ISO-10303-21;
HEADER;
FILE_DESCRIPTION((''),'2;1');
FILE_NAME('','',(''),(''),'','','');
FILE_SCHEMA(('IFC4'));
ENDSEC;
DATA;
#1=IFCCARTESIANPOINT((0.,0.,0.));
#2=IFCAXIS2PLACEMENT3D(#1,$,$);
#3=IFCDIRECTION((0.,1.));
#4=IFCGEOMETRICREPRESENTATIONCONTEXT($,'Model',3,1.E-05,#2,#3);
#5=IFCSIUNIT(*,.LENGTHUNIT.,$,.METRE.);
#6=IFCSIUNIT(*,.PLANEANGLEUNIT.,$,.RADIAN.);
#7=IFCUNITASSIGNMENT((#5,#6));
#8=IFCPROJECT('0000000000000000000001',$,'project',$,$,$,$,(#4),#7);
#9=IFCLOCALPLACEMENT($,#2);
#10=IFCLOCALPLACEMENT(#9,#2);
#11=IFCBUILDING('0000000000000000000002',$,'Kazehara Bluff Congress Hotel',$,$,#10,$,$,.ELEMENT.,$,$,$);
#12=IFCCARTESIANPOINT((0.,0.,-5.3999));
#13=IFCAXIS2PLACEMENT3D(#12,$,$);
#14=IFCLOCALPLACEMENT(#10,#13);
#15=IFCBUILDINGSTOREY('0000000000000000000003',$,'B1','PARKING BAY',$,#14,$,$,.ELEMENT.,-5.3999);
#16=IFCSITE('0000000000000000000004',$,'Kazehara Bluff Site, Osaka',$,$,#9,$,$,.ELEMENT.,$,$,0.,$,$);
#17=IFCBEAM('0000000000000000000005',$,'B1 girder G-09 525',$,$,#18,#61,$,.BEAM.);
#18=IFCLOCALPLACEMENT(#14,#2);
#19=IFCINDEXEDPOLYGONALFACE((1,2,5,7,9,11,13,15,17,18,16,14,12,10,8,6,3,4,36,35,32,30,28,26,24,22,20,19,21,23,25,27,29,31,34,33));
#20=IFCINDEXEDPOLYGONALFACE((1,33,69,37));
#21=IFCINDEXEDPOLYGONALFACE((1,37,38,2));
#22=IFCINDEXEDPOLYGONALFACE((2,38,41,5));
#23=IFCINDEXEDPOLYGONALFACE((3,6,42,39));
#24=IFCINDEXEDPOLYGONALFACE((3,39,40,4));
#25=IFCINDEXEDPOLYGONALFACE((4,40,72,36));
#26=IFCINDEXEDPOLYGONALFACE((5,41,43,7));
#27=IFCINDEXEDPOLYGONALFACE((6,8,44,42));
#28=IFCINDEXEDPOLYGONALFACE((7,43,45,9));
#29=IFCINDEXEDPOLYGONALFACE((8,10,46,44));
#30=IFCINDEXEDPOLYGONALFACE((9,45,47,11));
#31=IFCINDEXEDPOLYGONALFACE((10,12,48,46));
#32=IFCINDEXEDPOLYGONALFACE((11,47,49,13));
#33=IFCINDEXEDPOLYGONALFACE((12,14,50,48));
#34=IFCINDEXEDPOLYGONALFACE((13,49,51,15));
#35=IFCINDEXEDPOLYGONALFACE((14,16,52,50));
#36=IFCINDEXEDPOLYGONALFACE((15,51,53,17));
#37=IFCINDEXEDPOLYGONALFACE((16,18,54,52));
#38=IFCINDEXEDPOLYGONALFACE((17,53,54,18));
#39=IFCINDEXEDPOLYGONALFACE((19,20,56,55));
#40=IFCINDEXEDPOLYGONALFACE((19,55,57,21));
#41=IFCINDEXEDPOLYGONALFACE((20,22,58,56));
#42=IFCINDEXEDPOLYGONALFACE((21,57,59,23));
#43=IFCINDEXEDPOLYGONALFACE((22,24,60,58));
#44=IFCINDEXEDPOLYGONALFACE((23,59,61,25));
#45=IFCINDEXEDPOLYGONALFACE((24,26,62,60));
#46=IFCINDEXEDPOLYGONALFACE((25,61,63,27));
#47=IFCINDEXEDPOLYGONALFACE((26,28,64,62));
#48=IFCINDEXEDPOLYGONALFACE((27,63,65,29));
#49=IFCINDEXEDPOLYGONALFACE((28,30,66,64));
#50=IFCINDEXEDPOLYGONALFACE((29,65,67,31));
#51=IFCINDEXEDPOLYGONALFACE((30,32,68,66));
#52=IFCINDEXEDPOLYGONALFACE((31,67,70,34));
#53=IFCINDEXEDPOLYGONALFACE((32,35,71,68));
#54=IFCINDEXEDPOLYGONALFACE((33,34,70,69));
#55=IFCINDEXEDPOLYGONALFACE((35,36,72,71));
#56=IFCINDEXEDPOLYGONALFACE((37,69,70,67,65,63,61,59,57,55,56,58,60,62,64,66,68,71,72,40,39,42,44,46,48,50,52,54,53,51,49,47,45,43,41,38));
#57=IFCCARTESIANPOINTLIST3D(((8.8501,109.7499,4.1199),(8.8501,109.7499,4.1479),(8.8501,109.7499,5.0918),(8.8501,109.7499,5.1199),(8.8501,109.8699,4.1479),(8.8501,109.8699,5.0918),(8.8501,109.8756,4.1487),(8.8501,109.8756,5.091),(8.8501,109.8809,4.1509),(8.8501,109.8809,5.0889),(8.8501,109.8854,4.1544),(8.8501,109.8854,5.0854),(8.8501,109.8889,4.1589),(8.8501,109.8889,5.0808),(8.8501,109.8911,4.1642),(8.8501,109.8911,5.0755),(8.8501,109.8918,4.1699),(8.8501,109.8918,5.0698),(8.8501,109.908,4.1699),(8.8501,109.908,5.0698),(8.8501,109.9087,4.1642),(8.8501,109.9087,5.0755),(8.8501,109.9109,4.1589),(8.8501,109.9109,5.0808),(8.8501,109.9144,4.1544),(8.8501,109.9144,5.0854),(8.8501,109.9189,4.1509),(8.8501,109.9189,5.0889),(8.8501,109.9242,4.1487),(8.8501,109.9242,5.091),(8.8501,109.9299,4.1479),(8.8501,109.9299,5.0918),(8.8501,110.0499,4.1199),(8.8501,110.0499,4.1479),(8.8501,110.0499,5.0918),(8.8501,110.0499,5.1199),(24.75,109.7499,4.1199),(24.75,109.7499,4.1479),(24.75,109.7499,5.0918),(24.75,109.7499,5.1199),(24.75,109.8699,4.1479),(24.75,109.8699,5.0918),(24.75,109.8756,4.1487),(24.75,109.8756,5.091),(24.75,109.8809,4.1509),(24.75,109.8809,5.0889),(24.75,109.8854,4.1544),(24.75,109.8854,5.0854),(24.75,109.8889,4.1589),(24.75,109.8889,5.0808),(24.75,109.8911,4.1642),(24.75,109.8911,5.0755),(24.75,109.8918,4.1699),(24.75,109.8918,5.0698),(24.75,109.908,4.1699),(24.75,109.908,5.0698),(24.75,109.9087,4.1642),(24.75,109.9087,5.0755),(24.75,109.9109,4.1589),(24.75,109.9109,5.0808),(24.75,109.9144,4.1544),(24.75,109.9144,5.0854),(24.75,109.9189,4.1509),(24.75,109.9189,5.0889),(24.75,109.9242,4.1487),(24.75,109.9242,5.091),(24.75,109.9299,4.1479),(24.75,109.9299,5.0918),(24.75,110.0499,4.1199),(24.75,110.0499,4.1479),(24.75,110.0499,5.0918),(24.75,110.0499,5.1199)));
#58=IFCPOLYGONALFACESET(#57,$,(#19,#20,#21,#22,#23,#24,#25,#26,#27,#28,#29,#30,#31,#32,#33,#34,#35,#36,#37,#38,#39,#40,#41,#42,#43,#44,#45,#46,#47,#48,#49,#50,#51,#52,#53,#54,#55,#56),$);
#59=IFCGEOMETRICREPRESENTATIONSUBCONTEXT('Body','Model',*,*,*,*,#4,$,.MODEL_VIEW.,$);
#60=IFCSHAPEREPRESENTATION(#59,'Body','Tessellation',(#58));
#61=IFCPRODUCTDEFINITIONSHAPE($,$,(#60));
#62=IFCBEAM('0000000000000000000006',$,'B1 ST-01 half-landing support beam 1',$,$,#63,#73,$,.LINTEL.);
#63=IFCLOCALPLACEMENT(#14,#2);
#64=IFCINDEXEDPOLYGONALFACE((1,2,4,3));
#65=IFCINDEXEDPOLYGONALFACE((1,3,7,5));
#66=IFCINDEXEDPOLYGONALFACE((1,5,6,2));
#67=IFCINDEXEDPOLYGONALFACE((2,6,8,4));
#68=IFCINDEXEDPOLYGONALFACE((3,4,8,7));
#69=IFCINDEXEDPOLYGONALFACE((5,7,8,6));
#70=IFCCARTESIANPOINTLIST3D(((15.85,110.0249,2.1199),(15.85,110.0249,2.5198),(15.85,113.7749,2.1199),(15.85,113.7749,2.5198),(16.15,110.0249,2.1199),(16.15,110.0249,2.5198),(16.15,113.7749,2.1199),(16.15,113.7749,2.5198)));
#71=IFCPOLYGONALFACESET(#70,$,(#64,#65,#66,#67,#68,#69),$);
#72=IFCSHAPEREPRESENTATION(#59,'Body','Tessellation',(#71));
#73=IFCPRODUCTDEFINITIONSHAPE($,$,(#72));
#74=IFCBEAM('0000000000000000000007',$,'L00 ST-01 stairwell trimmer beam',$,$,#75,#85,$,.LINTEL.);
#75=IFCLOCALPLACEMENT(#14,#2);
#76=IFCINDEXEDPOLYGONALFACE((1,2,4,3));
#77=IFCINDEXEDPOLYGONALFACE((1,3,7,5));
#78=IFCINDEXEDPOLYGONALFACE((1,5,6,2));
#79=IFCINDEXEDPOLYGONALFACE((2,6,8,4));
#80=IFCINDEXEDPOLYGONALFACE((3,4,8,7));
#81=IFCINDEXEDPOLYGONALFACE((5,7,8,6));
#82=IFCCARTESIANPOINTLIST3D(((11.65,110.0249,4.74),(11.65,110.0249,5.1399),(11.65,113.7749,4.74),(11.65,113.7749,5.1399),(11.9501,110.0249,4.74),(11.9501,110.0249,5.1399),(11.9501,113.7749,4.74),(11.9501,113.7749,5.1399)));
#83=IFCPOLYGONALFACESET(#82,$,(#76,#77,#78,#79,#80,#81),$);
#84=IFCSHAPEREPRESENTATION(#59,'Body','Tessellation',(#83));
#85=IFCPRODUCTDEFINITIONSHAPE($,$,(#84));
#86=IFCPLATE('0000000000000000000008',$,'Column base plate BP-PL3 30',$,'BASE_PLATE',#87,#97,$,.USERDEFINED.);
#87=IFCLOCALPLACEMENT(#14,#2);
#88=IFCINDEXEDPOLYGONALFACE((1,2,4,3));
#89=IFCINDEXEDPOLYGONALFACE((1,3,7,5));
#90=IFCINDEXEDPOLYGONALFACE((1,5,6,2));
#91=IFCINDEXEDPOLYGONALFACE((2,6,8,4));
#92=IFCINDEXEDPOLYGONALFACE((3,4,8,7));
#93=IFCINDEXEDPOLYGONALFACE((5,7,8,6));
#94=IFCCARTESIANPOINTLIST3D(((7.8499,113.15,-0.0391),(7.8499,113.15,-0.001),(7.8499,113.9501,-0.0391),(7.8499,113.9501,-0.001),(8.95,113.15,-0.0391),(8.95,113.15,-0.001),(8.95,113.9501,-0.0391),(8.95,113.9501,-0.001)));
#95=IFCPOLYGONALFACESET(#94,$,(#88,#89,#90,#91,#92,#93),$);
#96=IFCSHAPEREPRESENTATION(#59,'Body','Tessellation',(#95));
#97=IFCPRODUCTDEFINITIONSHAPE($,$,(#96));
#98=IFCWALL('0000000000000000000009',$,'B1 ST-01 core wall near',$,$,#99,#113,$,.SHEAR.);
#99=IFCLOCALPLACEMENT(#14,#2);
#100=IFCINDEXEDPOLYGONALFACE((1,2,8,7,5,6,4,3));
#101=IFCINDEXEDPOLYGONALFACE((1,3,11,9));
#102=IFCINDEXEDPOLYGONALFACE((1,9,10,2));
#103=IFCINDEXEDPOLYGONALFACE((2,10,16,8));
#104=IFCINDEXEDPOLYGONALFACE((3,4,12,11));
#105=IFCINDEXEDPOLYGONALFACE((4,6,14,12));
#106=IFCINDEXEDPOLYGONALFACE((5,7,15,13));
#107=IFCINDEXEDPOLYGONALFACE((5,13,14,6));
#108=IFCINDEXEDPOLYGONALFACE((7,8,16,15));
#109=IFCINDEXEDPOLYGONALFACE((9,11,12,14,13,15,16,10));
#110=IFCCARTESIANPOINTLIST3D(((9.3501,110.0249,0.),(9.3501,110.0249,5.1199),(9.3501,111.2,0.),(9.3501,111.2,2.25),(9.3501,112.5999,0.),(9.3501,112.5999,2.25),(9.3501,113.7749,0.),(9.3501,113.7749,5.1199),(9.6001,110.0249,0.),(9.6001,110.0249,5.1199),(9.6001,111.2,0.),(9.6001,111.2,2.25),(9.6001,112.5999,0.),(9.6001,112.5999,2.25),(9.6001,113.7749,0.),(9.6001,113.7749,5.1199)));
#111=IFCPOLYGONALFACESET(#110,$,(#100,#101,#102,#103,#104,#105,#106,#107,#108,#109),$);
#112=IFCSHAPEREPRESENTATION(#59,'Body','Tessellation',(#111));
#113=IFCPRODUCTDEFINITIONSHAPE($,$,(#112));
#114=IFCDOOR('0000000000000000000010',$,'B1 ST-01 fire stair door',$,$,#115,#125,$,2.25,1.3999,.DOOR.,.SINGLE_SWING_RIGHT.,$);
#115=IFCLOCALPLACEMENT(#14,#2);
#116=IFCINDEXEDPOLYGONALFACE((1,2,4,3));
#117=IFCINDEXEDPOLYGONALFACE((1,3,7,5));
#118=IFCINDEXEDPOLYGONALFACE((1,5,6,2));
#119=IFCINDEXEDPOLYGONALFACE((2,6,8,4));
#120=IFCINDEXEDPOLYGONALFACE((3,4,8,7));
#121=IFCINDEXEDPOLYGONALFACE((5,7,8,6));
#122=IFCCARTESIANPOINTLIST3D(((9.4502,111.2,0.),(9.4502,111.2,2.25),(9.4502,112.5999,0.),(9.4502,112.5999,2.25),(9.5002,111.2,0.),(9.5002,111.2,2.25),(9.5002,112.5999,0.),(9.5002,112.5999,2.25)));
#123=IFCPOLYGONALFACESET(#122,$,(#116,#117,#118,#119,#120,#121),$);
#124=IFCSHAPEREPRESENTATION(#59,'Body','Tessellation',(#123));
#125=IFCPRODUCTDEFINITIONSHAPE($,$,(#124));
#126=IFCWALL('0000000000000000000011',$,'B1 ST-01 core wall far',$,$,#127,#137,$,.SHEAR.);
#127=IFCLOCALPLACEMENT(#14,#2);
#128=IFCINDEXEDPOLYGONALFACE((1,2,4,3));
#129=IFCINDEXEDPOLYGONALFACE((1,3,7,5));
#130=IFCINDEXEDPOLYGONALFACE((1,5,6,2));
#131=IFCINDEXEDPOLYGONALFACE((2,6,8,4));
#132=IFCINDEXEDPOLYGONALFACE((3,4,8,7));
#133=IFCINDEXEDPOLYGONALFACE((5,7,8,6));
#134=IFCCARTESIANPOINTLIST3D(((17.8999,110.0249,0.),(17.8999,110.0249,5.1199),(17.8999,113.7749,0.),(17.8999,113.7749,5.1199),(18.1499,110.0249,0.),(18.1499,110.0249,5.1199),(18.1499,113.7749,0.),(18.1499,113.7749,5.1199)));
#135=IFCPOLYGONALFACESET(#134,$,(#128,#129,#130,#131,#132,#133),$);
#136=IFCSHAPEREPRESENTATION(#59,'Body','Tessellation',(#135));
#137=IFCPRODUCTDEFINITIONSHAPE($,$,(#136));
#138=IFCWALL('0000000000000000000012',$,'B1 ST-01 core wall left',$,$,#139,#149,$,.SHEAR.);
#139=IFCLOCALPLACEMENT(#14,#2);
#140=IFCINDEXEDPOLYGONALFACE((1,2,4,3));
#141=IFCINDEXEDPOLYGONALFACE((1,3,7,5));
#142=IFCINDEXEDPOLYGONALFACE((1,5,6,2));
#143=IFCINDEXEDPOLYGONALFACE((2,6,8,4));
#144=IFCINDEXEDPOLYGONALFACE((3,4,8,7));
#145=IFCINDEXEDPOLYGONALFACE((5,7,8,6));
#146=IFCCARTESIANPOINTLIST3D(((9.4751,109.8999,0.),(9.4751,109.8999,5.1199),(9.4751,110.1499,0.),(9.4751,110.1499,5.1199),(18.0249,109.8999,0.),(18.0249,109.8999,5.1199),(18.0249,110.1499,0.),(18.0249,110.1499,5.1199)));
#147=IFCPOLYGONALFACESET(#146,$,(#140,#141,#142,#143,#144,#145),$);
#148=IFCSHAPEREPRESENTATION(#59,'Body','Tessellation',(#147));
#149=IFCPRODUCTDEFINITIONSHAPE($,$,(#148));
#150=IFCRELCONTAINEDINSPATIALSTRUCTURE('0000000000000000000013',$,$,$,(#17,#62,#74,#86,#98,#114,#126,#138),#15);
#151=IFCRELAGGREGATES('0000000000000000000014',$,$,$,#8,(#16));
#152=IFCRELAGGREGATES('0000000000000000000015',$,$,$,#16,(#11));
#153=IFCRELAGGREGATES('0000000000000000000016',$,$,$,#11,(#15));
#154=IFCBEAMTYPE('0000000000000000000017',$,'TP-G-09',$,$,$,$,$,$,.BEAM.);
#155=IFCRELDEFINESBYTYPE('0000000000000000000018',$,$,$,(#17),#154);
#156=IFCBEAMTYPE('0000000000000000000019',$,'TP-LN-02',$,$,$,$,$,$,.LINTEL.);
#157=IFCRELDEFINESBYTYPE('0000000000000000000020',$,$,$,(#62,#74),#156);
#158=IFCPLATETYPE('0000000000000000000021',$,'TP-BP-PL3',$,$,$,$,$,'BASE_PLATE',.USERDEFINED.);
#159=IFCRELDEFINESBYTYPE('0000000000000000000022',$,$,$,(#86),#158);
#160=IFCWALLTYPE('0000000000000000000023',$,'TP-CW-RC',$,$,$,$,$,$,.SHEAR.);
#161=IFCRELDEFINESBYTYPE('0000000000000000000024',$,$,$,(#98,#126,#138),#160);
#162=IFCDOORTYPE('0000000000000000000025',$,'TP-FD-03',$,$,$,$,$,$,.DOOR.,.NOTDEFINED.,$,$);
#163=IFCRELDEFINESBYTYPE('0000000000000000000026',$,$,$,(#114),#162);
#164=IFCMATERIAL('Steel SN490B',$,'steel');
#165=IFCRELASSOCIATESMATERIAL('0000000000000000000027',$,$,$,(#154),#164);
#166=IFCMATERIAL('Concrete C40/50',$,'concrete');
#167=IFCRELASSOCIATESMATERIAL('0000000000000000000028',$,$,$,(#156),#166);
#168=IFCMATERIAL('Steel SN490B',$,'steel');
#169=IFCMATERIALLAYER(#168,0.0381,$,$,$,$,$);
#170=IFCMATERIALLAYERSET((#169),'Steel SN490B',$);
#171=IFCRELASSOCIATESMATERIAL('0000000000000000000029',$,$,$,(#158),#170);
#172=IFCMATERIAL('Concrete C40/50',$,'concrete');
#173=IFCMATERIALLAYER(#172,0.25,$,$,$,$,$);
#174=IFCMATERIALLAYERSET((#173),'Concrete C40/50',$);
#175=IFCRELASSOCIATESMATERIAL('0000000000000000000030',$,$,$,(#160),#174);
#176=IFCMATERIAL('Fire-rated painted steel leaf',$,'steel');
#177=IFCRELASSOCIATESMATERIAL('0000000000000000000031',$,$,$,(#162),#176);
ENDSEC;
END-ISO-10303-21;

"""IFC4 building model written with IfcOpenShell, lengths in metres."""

from ifc_helpers import new_model, si_unit, direction, frame, frame_2d, origin, origin_2d, place, context, subcontext, project, spatial, rectangle, i_section, extrude, material, layer, layer_set, material_profile, profile_set, type_object, element, fill, save


model = new_model("IFC4")

# Units and contexts
model_context = context("Model", 3, precision=1e-05, world=origin(), true_north=direction((0.0, 1.0)))
body_context = subcontext(model_context, "Body", "Model", "MODEL_VIEW")
ifc_project = project(units=[si_unit("LENGTHUNIT", "METRE"), si_unit("PLANEANGLEUNIT", "RADIAN")], contexts=[model_context])

# Site, building, storey
site_placement = place(None, origin())
site = spatial("IfcSite", under=ifc_project, at=site_placement, Name="Kazehara Bluff Site, Osaka", CompositionType="ELEMENT", RefElevation=0.0)
building_placement = place(site_placement, origin())
building = spatial("IfcBuilding", under=site, at=building_placement, Name="Kazehara Bluff Congress Hotel", CompositionType="ELEMENT")
storey_placement = place(building_placement, frame((0.0, 0.0, -5.3999)))
storey = spatial("IfcBuildingStorey", under=building, at=storey_placement, Name="B1", Description="PARKING BAY", CompositionType="ELEMENT", Elevation=-5.3999)

# Beams
ifc_material_1 = material(Name="Steel SN490B", Category="steel")
ifc_material_profile_1 = material_profile(ifc_material_1, i_section(OverallWidth=0.3, OverallDepth=1.0, WebThickness=0.0161, FlangeThickness=0.0281, FilletRadius=0.022, at=origin_2d()))
ifc_profile_set_1 = profile_set([ifc_material_profile_1], Name="Steel SN490B")
beam_type_1 = type_object("IfcBeamType", Name="TP-G-09", PredefinedType="BEAM", material=ifc_profile_set_1)
beam_placement = place(storey_placement, frame((8.8501, 109.8999, 4.6199), z_axis=(1.0, 0.0, 0.0), x_axis=(0.0, 1.0, 0.0)))
element("IfcBeam", 1, at=beam_placement, inside=storey, type_object=beam_type_1, Name="B1 girder G-09 525", PredefinedType="BEAM", context=body_context, shape_type="SweptSolid", body=[
    extrude(i_section(OverallWidth=0.3, OverallDepth=1.0, WebThickness=0.0161, FlangeThickness=0.0281, FilletRadius=0.022, at=origin_2d()), origin(), (0.0, 0.0, 1.0), 15.8999),
])
ifc_material_2 = material(Name="Concrete C40/50", Category="concrete")
ifc_material_profile_2 = material_profile(ifc_material_2, rectangle(XDim=0.3, YDim=0.3999, at=origin_2d()))
ifc_profile_set_2 = profile_set([ifc_material_profile_2], Name="Concrete C40/50")
beam_type_2 = type_object("IfcBeamType", Name="TP-LN-02", PredefinedType="LINTEL", material=ifc_profile_set_2)
for number, where, z_axis, x_axis, name in (
    (2, (16.0, 110.0249, 2.3198), (0.0, 1.0, 0.0), (-1.0, 0.0, 0.0), "B1 ST-01 half-landing support beam 1"),
    (3, (11.8, 110.0249, 4.9399), (0.0, 1.0, 0.0), (-1.0, 0.0, 0.0), "L00 ST-01 stairwell trimmer beam"),
):
    element("IfcBeam", number, at=place(storey_placement, frame(where, z_axis=z_axis, x_axis=x_axis)), inside=storey, type_object=beam_type_2, Name=name, PredefinedType="LINTEL", context=body_context, shape_type="SweptSolid", body=[
        extrude(rectangle(XDim=0.3, YDim=0.3999, at=origin_2d()), origin(), (0.0, 0.0, 1.0), 3.75),
    ])

# Plate
ifc_material_3 = material(Name="Steel SN490B", Category="steel")
ifc_layer_1 = layer(ifc_material_3, 0.0381)
ifc_layer_set_1 = layer_set([ifc_layer_1], Name="Steel SN490B")
plate_type = type_object("IfcPlateType", Name="TP-BP-PL3", ElementType="BASE_PLATE", PredefinedType="USERDEFINED", material=ifc_layer_set_1)
plate_placement = place(storey_placement, frame((8.3999, 113.55, -0.0391), z_axis=(0.0, 0.0, 1.0), x_axis=(1.0, 0.0, 0.0)))
element("IfcPlate", 4, at=plate_placement, inside=storey, type_object=plate_type, Name="Column base plate BP-PL3 30", ObjectType="BASE_PLATE", PredefinedType="USERDEFINED", context=body_context, shape_type="SweptSolid", body=[
    extrude(rectangle(XDim=1.1001, YDim=0.8, at=origin_2d()), origin(), (0.0, 0.0, 1.0), 0.0381),
])

# Wall, opening, door
ifc_material_4 = material(Name="Concrete C40/50", Category="concrete")
ifc_layer_2 = layer(ifc_material_4, 0.25)
ifc_layer_set_2 = layer_set([ifc_layer_2], Name="Concrete C40/50")
wall_type = type_object("IfcWallType", Name="TP-CW-RC", PredefinedType="SHEAR", material=ifc_layer_set_2)
wall_1_placement = place(storey_placement, frame((9.4751, 110.0249, 0.0), z_axis=(0.0, 0.0, 1.0), x_axis=(0.0, 1.0, 0.0)))
wall_1 = element("IfcWall", 5, at=wall_1_placement, inside=storey, type_object=wall_type, Name="B1 ST-01 core wall near", PredefinedType="SHEAR", context=body_context, shape_type="SweptSolid", body=[
    extrude(rectangle(XDim=3.75, YDim=0.25, at=frame_2d((1.875, 0.0))), origin(), (0.0, 0.0, 1.0), 5.1199),
])
opening_placement = place(wall_1_placement, frame((1.175, 0.0, 0.0)))
opening = element("IfcOpeningElement", 6, at=opening_placement, cuts=wall_1, PredefinedType="OPENING", context=body_context, shape_type="SweptSolid", body=[
    extrude(rectangle(XDim=1.3999, YDim=2.25, at=frame_2d((0.7, 1.125))), frame((0.0, 0.135, 0.0), z_axis=(0.0, -1.0, 0.0), x_axis=(1.0, 0.0, 0.0)), (0.0, 0.0, 1.0), 0.27),
])
ifc_material_5 = material(Name="Fire-rated painted steel leaf", Category="steel")
door_type = type_object("IfcDoorType", Name="TP-FD-03", OperationType="NOTDEFINED", PredefinedType="DOOR", material=ifc_material_5)
door_placement = place(opening_placement, origin())
door = element("IfcDoor", 7, at=door_placement, inside=storey, type_object=door_type, Name="B1 ST-01 fire stair door", OperationType="SINGLE_SWING_RIGHT", OverallHeight=2.25, OverallWidth=1.3999, PredefinedType="DOOR", context=body_context, shape_type="SweptSolid", body=[
    extrude(rectangle(XDim=1.3999, YDim=2.25, at=frame_2d((0.7, 1.125))), frame((0.0, 0.0249, 0.0), z_axis=(0.0, -1.0, 0.0), x_axis=(1.0, 0.0, 0.0)), (0.0, 0.0, 1.0), 0.05),
])
fill(opening, door)

# Walls
wall_2_placement = place(storey_placement, frame((18.0249, 113.7749, 0.0), z_axis=(0.0, 0.0, 1.0), x_axis=(0.0, -1.0, 0.0)))
element("IfcWall", 8, at=wall_2_placement, inside=storey, type_object=wall_type, Name="B1 ST-01 core wall far", PredefinedType="SHEAR", context=body_context, shape_type="SweptSolid", body=[
    extrude(rectangle(XDim=3.75, YDim=0.25, at=frame_2d((1.875, 0.0))), origin(), (0.0, 0.0, 1.0), 5.1199),
])
wall_3_placement = place(storey_placement, frame((18.0249, 110.0249, 0.0), z_axis=(0.0, 0.0, 1.0), x_axis=(-1.0, 0.0, 0.0)))
element("IfcWall", 9, at=wall_3_placement, inside=storey, type_object=wall_type, Name="B1 ST-01 core wall left", PredefinedType="SHEAR", context=body_context, shape_type="SweptSolid", body=[
    extrude(rectangle(XDim=8.5498, YDim=0.25, at=frame_2d((4.2749, 0.0))), origin(), (0.0, 0.0, 1.0), 5.1199),
])

save(model, "model.ifc")
